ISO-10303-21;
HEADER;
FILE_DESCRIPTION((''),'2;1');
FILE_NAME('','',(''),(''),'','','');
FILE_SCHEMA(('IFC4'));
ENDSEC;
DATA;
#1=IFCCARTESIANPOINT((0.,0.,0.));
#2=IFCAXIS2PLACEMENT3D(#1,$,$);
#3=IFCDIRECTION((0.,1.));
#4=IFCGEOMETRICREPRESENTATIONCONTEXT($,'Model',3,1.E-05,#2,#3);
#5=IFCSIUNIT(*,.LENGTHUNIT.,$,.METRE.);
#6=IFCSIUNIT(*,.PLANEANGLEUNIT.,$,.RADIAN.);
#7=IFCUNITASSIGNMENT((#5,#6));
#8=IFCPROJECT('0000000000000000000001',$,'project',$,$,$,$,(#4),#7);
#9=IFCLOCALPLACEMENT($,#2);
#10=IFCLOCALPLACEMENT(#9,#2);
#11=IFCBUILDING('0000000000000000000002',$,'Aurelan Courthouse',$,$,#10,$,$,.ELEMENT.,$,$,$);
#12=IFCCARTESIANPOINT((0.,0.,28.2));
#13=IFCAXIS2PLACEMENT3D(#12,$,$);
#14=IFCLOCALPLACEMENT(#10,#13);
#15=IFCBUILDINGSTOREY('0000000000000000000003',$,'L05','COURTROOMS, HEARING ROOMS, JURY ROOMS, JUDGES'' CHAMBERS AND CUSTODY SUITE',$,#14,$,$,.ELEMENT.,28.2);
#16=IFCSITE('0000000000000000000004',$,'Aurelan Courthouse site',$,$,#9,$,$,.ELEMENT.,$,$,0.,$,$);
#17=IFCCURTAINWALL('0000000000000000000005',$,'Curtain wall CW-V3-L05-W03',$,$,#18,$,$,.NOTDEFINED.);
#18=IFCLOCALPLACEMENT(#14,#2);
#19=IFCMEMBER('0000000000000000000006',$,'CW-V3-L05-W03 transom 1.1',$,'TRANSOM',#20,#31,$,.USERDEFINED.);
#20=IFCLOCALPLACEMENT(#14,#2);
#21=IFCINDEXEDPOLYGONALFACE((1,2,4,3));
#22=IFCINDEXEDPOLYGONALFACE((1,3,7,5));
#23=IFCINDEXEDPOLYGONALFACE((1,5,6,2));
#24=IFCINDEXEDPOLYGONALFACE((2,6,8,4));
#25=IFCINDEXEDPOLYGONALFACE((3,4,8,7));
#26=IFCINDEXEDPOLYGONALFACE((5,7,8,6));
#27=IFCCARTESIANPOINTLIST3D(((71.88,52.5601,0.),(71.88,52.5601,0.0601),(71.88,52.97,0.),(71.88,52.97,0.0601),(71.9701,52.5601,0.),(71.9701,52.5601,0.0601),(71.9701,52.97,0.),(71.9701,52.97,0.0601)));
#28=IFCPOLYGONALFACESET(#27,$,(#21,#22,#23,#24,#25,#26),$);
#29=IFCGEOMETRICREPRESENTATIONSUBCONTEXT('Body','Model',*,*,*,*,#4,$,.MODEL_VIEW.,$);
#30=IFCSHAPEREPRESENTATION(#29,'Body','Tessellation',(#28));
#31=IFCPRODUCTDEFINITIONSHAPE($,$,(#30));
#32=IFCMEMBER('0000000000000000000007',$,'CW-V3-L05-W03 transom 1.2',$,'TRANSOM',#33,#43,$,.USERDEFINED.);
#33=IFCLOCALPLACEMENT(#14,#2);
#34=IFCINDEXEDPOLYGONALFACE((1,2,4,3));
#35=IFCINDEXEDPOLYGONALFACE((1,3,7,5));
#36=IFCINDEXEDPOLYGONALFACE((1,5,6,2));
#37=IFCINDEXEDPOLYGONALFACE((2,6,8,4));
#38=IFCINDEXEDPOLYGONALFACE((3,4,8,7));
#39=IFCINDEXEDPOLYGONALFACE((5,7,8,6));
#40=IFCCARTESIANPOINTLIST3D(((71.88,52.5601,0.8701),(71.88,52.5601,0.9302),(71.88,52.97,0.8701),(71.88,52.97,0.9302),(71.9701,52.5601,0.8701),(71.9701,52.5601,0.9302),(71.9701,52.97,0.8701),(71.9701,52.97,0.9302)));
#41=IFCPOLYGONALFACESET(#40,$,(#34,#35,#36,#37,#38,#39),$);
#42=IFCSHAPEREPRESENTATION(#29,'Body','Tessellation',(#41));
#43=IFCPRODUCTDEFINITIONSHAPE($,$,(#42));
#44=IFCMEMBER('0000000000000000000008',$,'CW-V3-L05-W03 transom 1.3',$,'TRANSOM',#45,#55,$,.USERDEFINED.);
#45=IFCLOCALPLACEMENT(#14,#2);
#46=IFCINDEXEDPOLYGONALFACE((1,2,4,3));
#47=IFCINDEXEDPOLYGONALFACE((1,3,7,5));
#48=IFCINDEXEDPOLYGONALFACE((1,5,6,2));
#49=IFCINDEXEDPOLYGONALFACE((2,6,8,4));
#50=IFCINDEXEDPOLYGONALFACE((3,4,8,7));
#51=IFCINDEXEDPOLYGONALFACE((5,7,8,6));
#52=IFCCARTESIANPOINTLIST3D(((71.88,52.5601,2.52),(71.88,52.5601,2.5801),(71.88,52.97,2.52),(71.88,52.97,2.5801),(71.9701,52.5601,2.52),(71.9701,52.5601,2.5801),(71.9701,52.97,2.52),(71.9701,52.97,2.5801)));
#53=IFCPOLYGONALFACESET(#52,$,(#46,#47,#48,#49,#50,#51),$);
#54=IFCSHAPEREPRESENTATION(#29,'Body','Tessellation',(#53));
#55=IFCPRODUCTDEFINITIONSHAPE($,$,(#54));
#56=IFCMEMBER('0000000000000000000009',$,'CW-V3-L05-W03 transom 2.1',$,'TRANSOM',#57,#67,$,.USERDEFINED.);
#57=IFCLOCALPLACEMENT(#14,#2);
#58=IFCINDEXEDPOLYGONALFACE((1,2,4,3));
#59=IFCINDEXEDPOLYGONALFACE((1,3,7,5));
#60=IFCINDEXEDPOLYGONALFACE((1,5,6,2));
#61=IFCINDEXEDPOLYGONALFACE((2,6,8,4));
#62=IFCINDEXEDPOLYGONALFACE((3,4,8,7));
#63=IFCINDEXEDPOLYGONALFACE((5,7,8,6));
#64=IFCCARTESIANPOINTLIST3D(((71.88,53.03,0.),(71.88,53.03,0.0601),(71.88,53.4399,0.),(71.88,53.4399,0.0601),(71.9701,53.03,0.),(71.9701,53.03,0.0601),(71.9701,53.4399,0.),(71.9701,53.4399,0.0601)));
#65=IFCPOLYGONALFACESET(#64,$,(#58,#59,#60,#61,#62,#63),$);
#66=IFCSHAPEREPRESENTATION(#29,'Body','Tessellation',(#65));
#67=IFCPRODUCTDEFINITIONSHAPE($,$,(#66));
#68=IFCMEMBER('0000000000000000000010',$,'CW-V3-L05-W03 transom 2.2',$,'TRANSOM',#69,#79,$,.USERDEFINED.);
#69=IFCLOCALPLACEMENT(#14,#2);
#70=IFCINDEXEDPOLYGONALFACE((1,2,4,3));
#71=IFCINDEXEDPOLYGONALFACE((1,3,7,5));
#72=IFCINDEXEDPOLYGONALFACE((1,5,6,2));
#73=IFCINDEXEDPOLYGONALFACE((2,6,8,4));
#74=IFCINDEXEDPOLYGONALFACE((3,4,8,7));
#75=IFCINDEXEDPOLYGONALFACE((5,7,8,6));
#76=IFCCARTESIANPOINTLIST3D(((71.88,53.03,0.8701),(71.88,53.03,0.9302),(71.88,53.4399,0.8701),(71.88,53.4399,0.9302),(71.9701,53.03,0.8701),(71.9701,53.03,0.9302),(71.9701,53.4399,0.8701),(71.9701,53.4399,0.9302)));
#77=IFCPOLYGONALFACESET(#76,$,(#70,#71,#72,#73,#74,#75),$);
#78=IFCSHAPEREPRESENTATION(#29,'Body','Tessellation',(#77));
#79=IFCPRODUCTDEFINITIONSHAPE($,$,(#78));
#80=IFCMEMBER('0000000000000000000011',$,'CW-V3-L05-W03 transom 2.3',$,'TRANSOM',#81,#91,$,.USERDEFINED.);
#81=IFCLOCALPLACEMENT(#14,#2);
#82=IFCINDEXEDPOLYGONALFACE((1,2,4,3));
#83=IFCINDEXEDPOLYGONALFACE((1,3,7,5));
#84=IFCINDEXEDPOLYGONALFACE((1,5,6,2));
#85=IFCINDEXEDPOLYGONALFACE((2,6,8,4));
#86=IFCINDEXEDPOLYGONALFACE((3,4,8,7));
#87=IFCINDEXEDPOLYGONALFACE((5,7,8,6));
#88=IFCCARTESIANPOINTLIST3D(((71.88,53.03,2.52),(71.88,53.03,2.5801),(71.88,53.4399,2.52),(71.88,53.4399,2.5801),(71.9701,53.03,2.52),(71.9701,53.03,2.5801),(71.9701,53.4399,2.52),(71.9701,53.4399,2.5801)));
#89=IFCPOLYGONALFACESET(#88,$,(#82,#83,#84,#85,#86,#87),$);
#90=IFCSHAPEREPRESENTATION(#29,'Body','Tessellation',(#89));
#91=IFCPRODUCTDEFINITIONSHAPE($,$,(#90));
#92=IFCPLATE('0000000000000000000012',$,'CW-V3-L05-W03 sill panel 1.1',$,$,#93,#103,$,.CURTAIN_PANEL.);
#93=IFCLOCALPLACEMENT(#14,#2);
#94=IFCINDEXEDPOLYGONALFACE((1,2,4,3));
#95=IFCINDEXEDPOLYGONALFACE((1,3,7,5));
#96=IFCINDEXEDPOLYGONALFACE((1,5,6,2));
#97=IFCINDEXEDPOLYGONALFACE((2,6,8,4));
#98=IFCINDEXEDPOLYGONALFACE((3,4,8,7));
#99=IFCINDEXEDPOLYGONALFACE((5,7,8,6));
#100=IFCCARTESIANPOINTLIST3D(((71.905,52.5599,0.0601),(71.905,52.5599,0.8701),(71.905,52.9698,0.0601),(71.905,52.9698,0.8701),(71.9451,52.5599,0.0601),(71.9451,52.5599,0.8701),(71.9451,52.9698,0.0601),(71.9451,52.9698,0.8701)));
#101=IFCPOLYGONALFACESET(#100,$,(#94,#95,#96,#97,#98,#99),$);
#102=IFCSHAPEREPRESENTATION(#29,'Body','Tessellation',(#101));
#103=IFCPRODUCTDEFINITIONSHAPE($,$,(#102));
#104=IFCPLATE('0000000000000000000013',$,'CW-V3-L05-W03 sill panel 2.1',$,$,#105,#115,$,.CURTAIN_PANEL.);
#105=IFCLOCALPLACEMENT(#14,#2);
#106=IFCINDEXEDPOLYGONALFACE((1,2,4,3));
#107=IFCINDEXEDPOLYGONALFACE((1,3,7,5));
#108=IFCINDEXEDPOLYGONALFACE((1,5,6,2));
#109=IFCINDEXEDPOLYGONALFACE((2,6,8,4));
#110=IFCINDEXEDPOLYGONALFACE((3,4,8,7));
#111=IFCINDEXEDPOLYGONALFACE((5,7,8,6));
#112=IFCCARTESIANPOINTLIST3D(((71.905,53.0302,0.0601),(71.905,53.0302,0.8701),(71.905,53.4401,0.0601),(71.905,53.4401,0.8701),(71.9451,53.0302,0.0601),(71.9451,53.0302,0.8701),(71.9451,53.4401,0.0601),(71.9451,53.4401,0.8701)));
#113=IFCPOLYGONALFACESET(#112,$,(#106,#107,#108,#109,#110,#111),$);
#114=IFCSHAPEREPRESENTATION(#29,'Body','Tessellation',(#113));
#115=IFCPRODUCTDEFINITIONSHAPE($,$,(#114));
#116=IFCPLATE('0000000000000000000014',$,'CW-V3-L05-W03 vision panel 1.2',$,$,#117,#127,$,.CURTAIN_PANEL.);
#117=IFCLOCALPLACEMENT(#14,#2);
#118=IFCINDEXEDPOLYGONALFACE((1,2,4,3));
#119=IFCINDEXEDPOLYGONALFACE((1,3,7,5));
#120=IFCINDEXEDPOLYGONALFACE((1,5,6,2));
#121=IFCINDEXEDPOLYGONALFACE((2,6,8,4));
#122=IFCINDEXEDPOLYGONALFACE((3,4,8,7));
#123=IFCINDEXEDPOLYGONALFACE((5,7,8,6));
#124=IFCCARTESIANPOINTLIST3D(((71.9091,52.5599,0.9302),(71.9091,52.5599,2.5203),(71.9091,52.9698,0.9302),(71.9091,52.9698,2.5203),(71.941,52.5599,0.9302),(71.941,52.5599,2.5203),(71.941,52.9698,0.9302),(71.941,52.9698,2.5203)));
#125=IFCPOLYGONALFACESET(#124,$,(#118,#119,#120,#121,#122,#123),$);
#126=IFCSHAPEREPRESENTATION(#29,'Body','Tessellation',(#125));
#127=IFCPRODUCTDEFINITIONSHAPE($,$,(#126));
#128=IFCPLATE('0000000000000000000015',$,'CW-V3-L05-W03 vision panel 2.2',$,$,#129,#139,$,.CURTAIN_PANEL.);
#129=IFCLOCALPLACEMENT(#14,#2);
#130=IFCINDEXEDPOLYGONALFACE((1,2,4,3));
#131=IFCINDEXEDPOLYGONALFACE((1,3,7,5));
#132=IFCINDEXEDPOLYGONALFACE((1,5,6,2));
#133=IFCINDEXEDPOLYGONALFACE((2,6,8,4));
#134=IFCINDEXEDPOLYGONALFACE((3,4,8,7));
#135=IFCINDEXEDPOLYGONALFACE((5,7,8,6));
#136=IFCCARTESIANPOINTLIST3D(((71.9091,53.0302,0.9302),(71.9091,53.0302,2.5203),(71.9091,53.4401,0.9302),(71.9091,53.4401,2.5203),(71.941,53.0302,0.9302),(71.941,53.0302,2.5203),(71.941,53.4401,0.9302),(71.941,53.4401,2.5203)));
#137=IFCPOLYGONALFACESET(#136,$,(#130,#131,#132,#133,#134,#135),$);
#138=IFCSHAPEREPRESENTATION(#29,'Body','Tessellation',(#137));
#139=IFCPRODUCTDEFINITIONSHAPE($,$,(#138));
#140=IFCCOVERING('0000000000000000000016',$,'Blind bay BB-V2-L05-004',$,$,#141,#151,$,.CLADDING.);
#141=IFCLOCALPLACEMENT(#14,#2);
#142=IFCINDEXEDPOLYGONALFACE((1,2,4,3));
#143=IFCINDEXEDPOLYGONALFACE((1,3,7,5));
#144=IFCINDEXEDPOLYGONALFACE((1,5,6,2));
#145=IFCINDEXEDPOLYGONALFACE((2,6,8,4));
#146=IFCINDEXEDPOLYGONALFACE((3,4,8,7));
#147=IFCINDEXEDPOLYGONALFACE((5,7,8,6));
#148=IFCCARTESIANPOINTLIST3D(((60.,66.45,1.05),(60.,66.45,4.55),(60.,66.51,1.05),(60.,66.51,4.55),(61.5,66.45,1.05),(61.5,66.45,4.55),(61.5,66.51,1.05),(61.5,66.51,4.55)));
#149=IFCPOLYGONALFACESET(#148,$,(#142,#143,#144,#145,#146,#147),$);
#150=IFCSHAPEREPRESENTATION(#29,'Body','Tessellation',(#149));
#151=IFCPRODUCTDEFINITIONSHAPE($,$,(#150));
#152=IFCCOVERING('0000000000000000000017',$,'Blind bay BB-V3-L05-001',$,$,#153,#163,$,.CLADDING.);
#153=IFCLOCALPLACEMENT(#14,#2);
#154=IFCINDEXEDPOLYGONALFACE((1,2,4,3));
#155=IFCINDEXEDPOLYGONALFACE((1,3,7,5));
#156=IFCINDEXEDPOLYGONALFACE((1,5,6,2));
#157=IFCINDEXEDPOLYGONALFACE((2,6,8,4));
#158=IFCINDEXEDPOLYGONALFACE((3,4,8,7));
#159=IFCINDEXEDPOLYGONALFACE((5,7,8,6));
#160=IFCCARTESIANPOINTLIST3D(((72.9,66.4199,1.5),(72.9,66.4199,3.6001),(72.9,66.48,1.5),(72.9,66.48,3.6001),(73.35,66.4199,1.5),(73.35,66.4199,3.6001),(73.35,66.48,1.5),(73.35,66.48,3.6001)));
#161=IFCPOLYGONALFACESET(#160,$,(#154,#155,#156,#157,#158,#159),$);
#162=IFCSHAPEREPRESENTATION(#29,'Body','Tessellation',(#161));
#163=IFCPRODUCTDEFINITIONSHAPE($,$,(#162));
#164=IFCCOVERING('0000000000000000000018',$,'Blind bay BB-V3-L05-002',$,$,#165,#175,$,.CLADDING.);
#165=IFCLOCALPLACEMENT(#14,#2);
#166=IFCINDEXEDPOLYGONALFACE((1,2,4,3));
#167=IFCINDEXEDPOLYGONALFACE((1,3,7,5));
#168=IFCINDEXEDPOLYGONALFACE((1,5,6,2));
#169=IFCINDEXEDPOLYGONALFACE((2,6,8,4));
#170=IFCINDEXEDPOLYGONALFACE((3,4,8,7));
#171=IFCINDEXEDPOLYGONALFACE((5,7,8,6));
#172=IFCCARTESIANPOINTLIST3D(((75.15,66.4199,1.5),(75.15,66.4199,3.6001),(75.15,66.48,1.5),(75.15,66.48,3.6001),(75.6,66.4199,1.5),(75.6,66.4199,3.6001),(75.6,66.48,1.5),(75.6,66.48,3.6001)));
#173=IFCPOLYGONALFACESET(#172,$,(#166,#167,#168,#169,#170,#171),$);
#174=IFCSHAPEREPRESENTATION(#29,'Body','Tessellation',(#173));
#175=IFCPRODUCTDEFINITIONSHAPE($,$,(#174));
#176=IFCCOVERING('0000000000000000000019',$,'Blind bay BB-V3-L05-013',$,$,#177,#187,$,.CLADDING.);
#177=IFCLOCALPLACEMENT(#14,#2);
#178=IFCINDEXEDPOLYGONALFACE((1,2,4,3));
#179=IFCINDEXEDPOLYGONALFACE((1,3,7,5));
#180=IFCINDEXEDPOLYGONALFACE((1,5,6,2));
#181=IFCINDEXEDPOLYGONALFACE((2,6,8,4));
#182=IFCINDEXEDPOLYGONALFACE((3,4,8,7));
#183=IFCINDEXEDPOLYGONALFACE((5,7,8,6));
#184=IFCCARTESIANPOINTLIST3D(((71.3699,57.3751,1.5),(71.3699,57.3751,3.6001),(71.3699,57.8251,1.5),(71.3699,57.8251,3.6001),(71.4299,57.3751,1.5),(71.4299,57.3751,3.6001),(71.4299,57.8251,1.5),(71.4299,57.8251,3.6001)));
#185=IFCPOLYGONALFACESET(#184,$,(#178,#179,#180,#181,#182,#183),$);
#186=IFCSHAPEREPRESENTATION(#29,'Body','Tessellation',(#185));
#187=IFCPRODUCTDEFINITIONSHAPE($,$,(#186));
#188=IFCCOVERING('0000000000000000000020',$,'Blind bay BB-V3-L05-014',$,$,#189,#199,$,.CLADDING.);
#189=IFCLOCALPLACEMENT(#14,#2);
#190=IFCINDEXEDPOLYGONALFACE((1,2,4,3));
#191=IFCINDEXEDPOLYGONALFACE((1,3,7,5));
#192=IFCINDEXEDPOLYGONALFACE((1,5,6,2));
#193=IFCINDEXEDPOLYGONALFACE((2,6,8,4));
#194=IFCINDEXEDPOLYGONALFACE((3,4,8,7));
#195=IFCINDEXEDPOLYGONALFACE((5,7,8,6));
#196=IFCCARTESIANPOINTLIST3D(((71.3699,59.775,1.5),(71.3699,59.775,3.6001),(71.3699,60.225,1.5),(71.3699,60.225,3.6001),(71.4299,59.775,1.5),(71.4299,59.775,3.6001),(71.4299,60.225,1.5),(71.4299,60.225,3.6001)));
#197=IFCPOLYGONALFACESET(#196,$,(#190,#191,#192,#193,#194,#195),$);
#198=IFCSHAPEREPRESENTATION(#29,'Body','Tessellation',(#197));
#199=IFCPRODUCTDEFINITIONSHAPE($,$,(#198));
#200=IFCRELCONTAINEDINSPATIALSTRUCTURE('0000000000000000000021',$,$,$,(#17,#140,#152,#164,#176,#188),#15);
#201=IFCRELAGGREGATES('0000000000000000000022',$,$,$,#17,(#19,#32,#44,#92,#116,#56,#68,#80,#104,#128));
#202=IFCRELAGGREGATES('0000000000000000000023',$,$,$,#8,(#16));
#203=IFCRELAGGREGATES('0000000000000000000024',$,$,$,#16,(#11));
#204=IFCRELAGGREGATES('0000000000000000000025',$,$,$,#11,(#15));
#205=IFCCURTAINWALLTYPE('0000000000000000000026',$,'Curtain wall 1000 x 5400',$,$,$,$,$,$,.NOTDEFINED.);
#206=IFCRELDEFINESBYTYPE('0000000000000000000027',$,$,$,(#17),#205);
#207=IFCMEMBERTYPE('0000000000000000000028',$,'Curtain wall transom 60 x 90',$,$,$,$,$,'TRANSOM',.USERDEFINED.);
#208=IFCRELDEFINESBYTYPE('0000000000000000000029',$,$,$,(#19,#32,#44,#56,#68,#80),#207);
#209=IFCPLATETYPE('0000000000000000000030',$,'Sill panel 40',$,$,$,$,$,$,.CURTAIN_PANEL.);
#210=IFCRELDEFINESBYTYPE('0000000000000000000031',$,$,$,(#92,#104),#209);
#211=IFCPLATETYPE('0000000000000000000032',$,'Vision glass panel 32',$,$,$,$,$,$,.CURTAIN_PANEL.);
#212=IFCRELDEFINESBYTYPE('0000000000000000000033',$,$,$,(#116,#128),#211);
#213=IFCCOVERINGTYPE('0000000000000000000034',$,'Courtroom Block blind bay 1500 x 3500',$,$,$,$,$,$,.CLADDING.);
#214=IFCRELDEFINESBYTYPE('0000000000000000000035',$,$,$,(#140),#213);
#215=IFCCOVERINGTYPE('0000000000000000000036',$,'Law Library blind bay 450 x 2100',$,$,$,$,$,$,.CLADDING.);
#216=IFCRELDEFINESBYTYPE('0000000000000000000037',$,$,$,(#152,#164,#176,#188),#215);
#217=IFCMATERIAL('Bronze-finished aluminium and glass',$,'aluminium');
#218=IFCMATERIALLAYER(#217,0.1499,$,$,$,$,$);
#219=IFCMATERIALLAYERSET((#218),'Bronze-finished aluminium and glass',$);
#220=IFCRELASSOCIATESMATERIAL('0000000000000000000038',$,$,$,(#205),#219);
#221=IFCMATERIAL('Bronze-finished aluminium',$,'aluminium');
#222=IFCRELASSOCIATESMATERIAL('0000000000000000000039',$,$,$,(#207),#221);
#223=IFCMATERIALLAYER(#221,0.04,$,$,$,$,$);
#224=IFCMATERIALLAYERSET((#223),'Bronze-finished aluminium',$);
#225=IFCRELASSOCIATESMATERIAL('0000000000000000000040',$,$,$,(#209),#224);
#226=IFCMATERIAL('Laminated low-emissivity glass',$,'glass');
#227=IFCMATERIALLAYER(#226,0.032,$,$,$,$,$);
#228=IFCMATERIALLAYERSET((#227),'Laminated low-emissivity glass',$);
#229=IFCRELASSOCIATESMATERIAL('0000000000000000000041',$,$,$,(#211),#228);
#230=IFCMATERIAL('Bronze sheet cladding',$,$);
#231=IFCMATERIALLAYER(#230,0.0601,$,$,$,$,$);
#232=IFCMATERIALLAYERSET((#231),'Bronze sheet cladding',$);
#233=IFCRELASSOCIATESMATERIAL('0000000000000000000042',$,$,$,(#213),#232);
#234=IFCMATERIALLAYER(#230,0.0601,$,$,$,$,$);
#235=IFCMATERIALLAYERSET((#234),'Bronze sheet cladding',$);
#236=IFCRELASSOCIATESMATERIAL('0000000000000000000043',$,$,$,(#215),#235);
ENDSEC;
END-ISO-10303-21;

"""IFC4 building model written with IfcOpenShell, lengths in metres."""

from ifc_helpers import new_model, si_unit, direction, frame, origin, origin_2d, place, context, subcontext, project, spatial, rectangle, extrude, material, layer, layer_set, material_profile, profile_set, type_object, element, aggregate, save


model = new_model("IFC4")

# Units and contexts
model_context = context("Model", 3, precision=1e-05, world=origin(), true_north=direction((0.0, 1.0)))
body_context = subcontext(model_context, "Body", "Model", "MODEL_VIEW")
ifc_project = project(units=[si_unit("LENGTHUNIT", "METRE"), si_unit("PLANEANGLEUNIT", "RADIAN")], contexts=[model_context])

# Site, building, storey
site_placement = place(None, origin())
site = spatial("IfcSite", under=ifc_project, at=site_placement, Name="Aurelan Courthouse site", CompositionType="ELEMENT", RefElevation=0.0)
building_placement = place(site_placement, origin())
building = spatial("IfcBuilding", under=site, at=building_placement, Name="Aurelan Courthouse", CompositionType="ELEMENT")
storey_placement = place(building_placement, frame((0.0, 0.0, 28.2)))
storey = spatial("IfcBuildingStorey", under=building, at=storey_placement, Name="L05", Description="COURTROOMS, HEARING ROOMS, JURY ROOMS, JUDGES' CHAMBERS AND CUSTODY SUITE", CompositionType="ELEMENT", Elevation=28.2)

# Curtain wall, members, plates
ifc_material_1 = material(Name="Bronze-finished aluminium and glass", Category="aluminium")
ifc_layer_1 = layer(ifc_material_1, 0.1499)
ifc_layer_set_1 = layer_set([ifc_layer_1], Name="Bronze-finished aluminium and glass")
curtain_wall_type = type_object("IfcCurtainWallType", Name="Curtain wall 1000 x 5400", PredefinedType="NOTDEFINED", material=ifc_layer_set_1)
curtain_wall_placement = place(storey_placement, origin())
curtain_wall = element("IfcCurtainWall", 1, at=curtain_wall_placement, inside=storey, type_object=curtain_wall_type, Name="Curtain wall CW-V3-L05-W03", PredefinedType="NOTDEFINED")
ifc_material_2 = material(Name="Bronze-finished aluminium", Category="aluminium")
ifc_material_profile = material_profile(ifc_material_2, rectangle(XDim=0.0901, YDim=0.0601, at=origin_2d()), Name="Bronze transom 60 x 90")
ifc_profile_set = profile_set([ifc_material_profile], Name="Bronze-finished aluminium")
member_type = type_object("IfcMemberType", Name="Curtain wall transom 60 x 90", ElementType="TRANSOM", PredefinedType="USERDEFINED", material=ifc_profile_set)
member_1_placement = place(storey_placement, frame((71.925, 52.5601, 0.03), z_axis=(0.0, 1.0, 0.0), x_axis=(-1.0, 0.0, 0.0)))
member_1 = element("IfcMember", 2, at=member_1_placement, type_object=member_type, Name="CW-V3-L05-W03 transom 1.1", ObjectType="TRANSOM", PredefinedType="USERDEFINED", context=body_context, shape_type="SweptSolid", body=[
    extrude(rectangle(XDim=0.0901, YDim=0.0601, at=origin_2d()), origin(), (0.0, 0.0, 1.0), 0.4099),
])
member_2_placement = place(storey_placement, frame((71.925, 52.5601, 0.9001), z_axis=(0.0, 1.0, 0.0), x_axis=(-1.0, 0.0, 0.0)))
member_2 = element("IfcMember", 3, at=member_2_placement, type_object=member_type, Name="CW-V3-L05-W03 transom 1.2", ObjectType="TRANSOM", PredefinedType="USERDEFINED", context=body_context, shape_type="SweptSolid", body=[
    extrude(rectangle(XDim=0.0901, YDim=0.0601, at=origin_2d()), origin(), (0.0, 0.0, 1.0), 0.4099),
])
member_3_placement = place(storey_placement, frame((71.925, 52.5601, 2.55), z_axis=(0.0, 1.0, 0.0), x_axis=(-1.0, 0.0, 0.0)))
member_3 = element("IfcMember", 4, at=member_3_placement, type_object=member_type, Name="CW-V3-L05-W03 transom 1.3", ObjectType="TRANSOM", PredefinedType="USERDEFINED", context=body_context, shape_type="SweptSolid", body=[
    extrude(rectangle(XDim=0.0901, YDim=0.0601, at=origin_2d()), origin(), (0.0, 0.0, 1.0), 0.4099),
])
member_4_placement = place(storey_placement, frame((71.925, 53.03, 0.03), z_axis=(0.0, 1.0, 0.0), x_axis=(-1.0, 0.0, 0.0)))
member_4 = element("IfcMember", 5, at=member_4_placement, type_object=member_type, Name="CW-V3-L05-W03 transom 2.1", ObjectType="TRANSOM", PredefinedType="USERDEFINED", context=body_context, shape_type="SweptSolid", body=[
    extrude(rectangle(XDim=0.0901, YDim=0.0601, at=origin_2d()), origin(), (0.0, 0.0, 1.0), 0.4099),
])
member_5_placement = place(storey_placement, frame((71.925, 53.03, 0.9001), z_axis=(0.0, 1.0, 0.0), x_axis=(-1.0, 0.0, 0.0)))
member_5 = element("IfcMember", 6, at=member_5_placement, type_object=member_type, Name="CW-V3-L05-W03 transom 2.2", ObjectType="TRANSOM", PredefinedType="USERDEFINED", context=body_context, shape_type="SweptSolid", body=[
    extrude(rectangle(XDim=0.0901, YDim=0.0601, at=origin_2d()), origin(), (0.0, 0.0, 1.0), 0.4099),
])
member_6_placement = place(storey_placement, frame((71.925, 53.03, 2.55), z_axis=(0.0, 1.0, 0.0), x_axis=(-1.0, 0.0, 0.0)))
member_6 = element("IfcMember", 7, at=member_6_placement, type_object=member_type, Name="CW-V3-L05-W03 transom 2.3", ObjectType="TRANSOM", PredefinedType="USERDEFINED", context=body_context, shape_type="SweptSolid", body=[
    extrude(rectangle(XDim=0.0901, YDim=0.0601, at=origin_2d()), origin(), (0.0, 0.0, 1.0), 0.4099),
])
ifc_layer_2 = layer(ifc_material_2, 0.04)
ifc_layer_set_2 = layer_set([ifc_layer_2], Name="Bronze-finished aluminium")
plate_type_1 = type_object("IfcPlateType", Name="Sill panel 40", PredefinedType="CURTAIN_PANEL", material=ifc_layer_set_2)
plate_1_placement = place(storey_placement, frame((71.925, 52.7649, 0.0601), z_axis=(0.0, 0.0, 1.0), x_axis=(0.0, 1.0, 0.0)))
plate_1 = element("IfcPlate", 8, at=plate_1_placement, type_object=plate_type_1, Name="CW-V3-L05-W03 sill panel 1.1", PredefinedType="CURTAIN_PANEL", context=body_context, shape_type="SweptSolid", body=[
    extrude(rectangle(XDim=0.4099, YDim=0.04, at=origin_2d()), origin(), (0.0, 0.0, 1.0), 0.8101),
])
plate_2_placement = place(storey_placement, frame((71.925, 53.2351, 0.0601), z_axis=(0.0, 0.0, 1.0), x_axis=(0.0, 1.0, 0.0)))
plate_2 = element("IfcPlate", 9, at=plate_2_placement, type_object=plate_type_1, Name="CW-V3-L05-W03 sill panel 2.1", PredefinedType="CURTAIN_PANEL", context=body_context, shape_type="SweptSolid", body=[
    extrude(rectangle(XDim=0.4099, YDim=0.04, at=origin_2d()), origin(), (0.0, 0.0, 1.0), 0.8101),
])
ifc_material_3 = material(Name="Laminated low-emissivity glass", Category="glass")
ifc_layer_3 = layer(ifc_material_3, 0.032)
ifc_layer_set_3 = layer_set([ifc_layer_3], Name="Laminated low-emissivity glass")
plate_type_2 = type_object("IfcPlateType", Name="Vision glass panel 32", PredefinedType="CURTAIN_PANEL", material=ifc_layer_set_3)
plate_3_placement = place(storey_placement, frame((71.925, 52.7649, 0.9302), z_axis=(0.0, 0.0, 1.0), x_axis=(0.0, 1.0, 0.0)))
plate_3 = element("IfcPlate", 10, at=plate_3_placement, type_object=plate_type_2, Name="CW-V3-L05-W03 vision panel 1.2", PredefinedType="CURTAIN_PANEL", context=body_context, shape_type="SweptSolid", body=[
    extrude(rectangle(XDim=0.4099, YDim=0.032, at=origin_2d()), origin(), (0.0, 0.0, 1.0), 1.5901),
])
plate_4_placement = place(storey_placement, frame((71.925, 53.2351, 0.9302), z_axis=(0.0, 0.0, 1.0), x_axis=(0.0, 1.0, 0.0)))
plate_4 = element("IfcPlate", 11, at=plate_4_placement, type_object=plate_type_2, Name="CW-V3-L05-W03 vision panel 2.2", PredefinedType="CURTAIN_PANEL", context=body_context, shape_type="SweptSolid", body=[
    extrude(rectangle(XDim=0.4099, YDim=0.032, at=origin_2d()), origin(), (0.0, 0.0, 1.0), 1.5901),
])
aggregate(curtain_wall, [member_1, member_2, member_3, plate_1, plate_3, member_4, member_5, member_6, plate_2, plate_4])

# Coverings
ifc_material_4 = material(Name="Bronze sheet cladding")
ifc_layer_4 = layer(ifc_material_4, 0.0601)
ifc_layer_set_4 = layer_set([ifc_layer_4], Name="Bronze sheet cladding")
covering_type_1 = type_object("IfcCoveringType", Name="Courtroom Block blind bay 1500 x 3500", PredefinedType="CLADDING", material=ifc_layer_set_4)
covering_placement = place(storey_placement, frame((60.75, 66.48, 1.05), z_axis=(0.0, 0.0, 1.0), x_axis=(1.0, 0.0, 0.0)))
element("IfcCovering", 12, at=covering_placement, inside=storey, type_object=covering_type_1, Name="Blind bay BB-V2-L05-004", PredefinedType="CLADDING", context=body_context, shape_type="SweptSolid", body=[
    extrude(rectangle(XDim=1.5, YDim=0.0601, at=origin_2d()), origin(), (0.0, 0.0, 1.0), 3.5),
])
ifc_layer_5 = layer(ifc_material_4, 0.0601)
ifc_layer_set_5 = layer_set([ifc_layer_5], Name="Bronze sheet cladding")
covering_type_2 = type_object("IfcCoveringType", Name="Law Library blind bay 450 x 2100", PredefinedType="CLADDING", material=ifc_layer_set_5)
for number, where, z_axis, x_axis, name in (
    (13, (73.125, 66.45, 1.5), (0.0, 0.0, 1.0), (1.0, 0.0, 0.0), "Blind bay BB-V3-L05-001"),
    (14, (75.375, 66.45, 1.5), (0.0, 0.0, 1.0), (1.0, 0.0, 0.0), "Blind bay BB-V3-L05-002"),
):
    element("IfcCovering", number, at=place(storey_placement, frame(where, z_axis=z_axis, x_axis=x_axis)), inside=storey, type_object=covering_type_2, Name=name, PredefinedType="CLADDING", context=body_context, shape_type="SweptSolid", body=[
        extrude(rectangle(XDim=0.45, YDim=0.0601, at=origin_2d()), origin(), (0.0, 0.0, 1.0), 2.1001),
    ])
for number, where, z_axis, x_axis, name in (
    (15, (71.3999, 57.6001, 1.5), (0.0, 0.0, 1.0), (1.0, 0.0, 0.0), "Blind bay BB-V3-L05-013"),
    (16, (71.3999, 60.0, 1.5), (0.0, 0.0, 1.0), (1.0, 0.0, 0.0), "Blind bay BB-V3-L05-014"),
):
    element("IfcCovering", number, at=place(storey_placement, frame(where, z_axis=z_axis, x_axis=x_axis)), inside=storey, type_object=covering_type_2, Name=name, PredefinedType="CLADDING", context=body_context, shape_type="SweptSolid", body=[
        extrude(rectangle(XDim=0.0601, YDim=0.45, at=origin_2d()), origin(), (0.0, 0.0, 1.0), 2.1001),
    ])

save(model, "model.ifc")
